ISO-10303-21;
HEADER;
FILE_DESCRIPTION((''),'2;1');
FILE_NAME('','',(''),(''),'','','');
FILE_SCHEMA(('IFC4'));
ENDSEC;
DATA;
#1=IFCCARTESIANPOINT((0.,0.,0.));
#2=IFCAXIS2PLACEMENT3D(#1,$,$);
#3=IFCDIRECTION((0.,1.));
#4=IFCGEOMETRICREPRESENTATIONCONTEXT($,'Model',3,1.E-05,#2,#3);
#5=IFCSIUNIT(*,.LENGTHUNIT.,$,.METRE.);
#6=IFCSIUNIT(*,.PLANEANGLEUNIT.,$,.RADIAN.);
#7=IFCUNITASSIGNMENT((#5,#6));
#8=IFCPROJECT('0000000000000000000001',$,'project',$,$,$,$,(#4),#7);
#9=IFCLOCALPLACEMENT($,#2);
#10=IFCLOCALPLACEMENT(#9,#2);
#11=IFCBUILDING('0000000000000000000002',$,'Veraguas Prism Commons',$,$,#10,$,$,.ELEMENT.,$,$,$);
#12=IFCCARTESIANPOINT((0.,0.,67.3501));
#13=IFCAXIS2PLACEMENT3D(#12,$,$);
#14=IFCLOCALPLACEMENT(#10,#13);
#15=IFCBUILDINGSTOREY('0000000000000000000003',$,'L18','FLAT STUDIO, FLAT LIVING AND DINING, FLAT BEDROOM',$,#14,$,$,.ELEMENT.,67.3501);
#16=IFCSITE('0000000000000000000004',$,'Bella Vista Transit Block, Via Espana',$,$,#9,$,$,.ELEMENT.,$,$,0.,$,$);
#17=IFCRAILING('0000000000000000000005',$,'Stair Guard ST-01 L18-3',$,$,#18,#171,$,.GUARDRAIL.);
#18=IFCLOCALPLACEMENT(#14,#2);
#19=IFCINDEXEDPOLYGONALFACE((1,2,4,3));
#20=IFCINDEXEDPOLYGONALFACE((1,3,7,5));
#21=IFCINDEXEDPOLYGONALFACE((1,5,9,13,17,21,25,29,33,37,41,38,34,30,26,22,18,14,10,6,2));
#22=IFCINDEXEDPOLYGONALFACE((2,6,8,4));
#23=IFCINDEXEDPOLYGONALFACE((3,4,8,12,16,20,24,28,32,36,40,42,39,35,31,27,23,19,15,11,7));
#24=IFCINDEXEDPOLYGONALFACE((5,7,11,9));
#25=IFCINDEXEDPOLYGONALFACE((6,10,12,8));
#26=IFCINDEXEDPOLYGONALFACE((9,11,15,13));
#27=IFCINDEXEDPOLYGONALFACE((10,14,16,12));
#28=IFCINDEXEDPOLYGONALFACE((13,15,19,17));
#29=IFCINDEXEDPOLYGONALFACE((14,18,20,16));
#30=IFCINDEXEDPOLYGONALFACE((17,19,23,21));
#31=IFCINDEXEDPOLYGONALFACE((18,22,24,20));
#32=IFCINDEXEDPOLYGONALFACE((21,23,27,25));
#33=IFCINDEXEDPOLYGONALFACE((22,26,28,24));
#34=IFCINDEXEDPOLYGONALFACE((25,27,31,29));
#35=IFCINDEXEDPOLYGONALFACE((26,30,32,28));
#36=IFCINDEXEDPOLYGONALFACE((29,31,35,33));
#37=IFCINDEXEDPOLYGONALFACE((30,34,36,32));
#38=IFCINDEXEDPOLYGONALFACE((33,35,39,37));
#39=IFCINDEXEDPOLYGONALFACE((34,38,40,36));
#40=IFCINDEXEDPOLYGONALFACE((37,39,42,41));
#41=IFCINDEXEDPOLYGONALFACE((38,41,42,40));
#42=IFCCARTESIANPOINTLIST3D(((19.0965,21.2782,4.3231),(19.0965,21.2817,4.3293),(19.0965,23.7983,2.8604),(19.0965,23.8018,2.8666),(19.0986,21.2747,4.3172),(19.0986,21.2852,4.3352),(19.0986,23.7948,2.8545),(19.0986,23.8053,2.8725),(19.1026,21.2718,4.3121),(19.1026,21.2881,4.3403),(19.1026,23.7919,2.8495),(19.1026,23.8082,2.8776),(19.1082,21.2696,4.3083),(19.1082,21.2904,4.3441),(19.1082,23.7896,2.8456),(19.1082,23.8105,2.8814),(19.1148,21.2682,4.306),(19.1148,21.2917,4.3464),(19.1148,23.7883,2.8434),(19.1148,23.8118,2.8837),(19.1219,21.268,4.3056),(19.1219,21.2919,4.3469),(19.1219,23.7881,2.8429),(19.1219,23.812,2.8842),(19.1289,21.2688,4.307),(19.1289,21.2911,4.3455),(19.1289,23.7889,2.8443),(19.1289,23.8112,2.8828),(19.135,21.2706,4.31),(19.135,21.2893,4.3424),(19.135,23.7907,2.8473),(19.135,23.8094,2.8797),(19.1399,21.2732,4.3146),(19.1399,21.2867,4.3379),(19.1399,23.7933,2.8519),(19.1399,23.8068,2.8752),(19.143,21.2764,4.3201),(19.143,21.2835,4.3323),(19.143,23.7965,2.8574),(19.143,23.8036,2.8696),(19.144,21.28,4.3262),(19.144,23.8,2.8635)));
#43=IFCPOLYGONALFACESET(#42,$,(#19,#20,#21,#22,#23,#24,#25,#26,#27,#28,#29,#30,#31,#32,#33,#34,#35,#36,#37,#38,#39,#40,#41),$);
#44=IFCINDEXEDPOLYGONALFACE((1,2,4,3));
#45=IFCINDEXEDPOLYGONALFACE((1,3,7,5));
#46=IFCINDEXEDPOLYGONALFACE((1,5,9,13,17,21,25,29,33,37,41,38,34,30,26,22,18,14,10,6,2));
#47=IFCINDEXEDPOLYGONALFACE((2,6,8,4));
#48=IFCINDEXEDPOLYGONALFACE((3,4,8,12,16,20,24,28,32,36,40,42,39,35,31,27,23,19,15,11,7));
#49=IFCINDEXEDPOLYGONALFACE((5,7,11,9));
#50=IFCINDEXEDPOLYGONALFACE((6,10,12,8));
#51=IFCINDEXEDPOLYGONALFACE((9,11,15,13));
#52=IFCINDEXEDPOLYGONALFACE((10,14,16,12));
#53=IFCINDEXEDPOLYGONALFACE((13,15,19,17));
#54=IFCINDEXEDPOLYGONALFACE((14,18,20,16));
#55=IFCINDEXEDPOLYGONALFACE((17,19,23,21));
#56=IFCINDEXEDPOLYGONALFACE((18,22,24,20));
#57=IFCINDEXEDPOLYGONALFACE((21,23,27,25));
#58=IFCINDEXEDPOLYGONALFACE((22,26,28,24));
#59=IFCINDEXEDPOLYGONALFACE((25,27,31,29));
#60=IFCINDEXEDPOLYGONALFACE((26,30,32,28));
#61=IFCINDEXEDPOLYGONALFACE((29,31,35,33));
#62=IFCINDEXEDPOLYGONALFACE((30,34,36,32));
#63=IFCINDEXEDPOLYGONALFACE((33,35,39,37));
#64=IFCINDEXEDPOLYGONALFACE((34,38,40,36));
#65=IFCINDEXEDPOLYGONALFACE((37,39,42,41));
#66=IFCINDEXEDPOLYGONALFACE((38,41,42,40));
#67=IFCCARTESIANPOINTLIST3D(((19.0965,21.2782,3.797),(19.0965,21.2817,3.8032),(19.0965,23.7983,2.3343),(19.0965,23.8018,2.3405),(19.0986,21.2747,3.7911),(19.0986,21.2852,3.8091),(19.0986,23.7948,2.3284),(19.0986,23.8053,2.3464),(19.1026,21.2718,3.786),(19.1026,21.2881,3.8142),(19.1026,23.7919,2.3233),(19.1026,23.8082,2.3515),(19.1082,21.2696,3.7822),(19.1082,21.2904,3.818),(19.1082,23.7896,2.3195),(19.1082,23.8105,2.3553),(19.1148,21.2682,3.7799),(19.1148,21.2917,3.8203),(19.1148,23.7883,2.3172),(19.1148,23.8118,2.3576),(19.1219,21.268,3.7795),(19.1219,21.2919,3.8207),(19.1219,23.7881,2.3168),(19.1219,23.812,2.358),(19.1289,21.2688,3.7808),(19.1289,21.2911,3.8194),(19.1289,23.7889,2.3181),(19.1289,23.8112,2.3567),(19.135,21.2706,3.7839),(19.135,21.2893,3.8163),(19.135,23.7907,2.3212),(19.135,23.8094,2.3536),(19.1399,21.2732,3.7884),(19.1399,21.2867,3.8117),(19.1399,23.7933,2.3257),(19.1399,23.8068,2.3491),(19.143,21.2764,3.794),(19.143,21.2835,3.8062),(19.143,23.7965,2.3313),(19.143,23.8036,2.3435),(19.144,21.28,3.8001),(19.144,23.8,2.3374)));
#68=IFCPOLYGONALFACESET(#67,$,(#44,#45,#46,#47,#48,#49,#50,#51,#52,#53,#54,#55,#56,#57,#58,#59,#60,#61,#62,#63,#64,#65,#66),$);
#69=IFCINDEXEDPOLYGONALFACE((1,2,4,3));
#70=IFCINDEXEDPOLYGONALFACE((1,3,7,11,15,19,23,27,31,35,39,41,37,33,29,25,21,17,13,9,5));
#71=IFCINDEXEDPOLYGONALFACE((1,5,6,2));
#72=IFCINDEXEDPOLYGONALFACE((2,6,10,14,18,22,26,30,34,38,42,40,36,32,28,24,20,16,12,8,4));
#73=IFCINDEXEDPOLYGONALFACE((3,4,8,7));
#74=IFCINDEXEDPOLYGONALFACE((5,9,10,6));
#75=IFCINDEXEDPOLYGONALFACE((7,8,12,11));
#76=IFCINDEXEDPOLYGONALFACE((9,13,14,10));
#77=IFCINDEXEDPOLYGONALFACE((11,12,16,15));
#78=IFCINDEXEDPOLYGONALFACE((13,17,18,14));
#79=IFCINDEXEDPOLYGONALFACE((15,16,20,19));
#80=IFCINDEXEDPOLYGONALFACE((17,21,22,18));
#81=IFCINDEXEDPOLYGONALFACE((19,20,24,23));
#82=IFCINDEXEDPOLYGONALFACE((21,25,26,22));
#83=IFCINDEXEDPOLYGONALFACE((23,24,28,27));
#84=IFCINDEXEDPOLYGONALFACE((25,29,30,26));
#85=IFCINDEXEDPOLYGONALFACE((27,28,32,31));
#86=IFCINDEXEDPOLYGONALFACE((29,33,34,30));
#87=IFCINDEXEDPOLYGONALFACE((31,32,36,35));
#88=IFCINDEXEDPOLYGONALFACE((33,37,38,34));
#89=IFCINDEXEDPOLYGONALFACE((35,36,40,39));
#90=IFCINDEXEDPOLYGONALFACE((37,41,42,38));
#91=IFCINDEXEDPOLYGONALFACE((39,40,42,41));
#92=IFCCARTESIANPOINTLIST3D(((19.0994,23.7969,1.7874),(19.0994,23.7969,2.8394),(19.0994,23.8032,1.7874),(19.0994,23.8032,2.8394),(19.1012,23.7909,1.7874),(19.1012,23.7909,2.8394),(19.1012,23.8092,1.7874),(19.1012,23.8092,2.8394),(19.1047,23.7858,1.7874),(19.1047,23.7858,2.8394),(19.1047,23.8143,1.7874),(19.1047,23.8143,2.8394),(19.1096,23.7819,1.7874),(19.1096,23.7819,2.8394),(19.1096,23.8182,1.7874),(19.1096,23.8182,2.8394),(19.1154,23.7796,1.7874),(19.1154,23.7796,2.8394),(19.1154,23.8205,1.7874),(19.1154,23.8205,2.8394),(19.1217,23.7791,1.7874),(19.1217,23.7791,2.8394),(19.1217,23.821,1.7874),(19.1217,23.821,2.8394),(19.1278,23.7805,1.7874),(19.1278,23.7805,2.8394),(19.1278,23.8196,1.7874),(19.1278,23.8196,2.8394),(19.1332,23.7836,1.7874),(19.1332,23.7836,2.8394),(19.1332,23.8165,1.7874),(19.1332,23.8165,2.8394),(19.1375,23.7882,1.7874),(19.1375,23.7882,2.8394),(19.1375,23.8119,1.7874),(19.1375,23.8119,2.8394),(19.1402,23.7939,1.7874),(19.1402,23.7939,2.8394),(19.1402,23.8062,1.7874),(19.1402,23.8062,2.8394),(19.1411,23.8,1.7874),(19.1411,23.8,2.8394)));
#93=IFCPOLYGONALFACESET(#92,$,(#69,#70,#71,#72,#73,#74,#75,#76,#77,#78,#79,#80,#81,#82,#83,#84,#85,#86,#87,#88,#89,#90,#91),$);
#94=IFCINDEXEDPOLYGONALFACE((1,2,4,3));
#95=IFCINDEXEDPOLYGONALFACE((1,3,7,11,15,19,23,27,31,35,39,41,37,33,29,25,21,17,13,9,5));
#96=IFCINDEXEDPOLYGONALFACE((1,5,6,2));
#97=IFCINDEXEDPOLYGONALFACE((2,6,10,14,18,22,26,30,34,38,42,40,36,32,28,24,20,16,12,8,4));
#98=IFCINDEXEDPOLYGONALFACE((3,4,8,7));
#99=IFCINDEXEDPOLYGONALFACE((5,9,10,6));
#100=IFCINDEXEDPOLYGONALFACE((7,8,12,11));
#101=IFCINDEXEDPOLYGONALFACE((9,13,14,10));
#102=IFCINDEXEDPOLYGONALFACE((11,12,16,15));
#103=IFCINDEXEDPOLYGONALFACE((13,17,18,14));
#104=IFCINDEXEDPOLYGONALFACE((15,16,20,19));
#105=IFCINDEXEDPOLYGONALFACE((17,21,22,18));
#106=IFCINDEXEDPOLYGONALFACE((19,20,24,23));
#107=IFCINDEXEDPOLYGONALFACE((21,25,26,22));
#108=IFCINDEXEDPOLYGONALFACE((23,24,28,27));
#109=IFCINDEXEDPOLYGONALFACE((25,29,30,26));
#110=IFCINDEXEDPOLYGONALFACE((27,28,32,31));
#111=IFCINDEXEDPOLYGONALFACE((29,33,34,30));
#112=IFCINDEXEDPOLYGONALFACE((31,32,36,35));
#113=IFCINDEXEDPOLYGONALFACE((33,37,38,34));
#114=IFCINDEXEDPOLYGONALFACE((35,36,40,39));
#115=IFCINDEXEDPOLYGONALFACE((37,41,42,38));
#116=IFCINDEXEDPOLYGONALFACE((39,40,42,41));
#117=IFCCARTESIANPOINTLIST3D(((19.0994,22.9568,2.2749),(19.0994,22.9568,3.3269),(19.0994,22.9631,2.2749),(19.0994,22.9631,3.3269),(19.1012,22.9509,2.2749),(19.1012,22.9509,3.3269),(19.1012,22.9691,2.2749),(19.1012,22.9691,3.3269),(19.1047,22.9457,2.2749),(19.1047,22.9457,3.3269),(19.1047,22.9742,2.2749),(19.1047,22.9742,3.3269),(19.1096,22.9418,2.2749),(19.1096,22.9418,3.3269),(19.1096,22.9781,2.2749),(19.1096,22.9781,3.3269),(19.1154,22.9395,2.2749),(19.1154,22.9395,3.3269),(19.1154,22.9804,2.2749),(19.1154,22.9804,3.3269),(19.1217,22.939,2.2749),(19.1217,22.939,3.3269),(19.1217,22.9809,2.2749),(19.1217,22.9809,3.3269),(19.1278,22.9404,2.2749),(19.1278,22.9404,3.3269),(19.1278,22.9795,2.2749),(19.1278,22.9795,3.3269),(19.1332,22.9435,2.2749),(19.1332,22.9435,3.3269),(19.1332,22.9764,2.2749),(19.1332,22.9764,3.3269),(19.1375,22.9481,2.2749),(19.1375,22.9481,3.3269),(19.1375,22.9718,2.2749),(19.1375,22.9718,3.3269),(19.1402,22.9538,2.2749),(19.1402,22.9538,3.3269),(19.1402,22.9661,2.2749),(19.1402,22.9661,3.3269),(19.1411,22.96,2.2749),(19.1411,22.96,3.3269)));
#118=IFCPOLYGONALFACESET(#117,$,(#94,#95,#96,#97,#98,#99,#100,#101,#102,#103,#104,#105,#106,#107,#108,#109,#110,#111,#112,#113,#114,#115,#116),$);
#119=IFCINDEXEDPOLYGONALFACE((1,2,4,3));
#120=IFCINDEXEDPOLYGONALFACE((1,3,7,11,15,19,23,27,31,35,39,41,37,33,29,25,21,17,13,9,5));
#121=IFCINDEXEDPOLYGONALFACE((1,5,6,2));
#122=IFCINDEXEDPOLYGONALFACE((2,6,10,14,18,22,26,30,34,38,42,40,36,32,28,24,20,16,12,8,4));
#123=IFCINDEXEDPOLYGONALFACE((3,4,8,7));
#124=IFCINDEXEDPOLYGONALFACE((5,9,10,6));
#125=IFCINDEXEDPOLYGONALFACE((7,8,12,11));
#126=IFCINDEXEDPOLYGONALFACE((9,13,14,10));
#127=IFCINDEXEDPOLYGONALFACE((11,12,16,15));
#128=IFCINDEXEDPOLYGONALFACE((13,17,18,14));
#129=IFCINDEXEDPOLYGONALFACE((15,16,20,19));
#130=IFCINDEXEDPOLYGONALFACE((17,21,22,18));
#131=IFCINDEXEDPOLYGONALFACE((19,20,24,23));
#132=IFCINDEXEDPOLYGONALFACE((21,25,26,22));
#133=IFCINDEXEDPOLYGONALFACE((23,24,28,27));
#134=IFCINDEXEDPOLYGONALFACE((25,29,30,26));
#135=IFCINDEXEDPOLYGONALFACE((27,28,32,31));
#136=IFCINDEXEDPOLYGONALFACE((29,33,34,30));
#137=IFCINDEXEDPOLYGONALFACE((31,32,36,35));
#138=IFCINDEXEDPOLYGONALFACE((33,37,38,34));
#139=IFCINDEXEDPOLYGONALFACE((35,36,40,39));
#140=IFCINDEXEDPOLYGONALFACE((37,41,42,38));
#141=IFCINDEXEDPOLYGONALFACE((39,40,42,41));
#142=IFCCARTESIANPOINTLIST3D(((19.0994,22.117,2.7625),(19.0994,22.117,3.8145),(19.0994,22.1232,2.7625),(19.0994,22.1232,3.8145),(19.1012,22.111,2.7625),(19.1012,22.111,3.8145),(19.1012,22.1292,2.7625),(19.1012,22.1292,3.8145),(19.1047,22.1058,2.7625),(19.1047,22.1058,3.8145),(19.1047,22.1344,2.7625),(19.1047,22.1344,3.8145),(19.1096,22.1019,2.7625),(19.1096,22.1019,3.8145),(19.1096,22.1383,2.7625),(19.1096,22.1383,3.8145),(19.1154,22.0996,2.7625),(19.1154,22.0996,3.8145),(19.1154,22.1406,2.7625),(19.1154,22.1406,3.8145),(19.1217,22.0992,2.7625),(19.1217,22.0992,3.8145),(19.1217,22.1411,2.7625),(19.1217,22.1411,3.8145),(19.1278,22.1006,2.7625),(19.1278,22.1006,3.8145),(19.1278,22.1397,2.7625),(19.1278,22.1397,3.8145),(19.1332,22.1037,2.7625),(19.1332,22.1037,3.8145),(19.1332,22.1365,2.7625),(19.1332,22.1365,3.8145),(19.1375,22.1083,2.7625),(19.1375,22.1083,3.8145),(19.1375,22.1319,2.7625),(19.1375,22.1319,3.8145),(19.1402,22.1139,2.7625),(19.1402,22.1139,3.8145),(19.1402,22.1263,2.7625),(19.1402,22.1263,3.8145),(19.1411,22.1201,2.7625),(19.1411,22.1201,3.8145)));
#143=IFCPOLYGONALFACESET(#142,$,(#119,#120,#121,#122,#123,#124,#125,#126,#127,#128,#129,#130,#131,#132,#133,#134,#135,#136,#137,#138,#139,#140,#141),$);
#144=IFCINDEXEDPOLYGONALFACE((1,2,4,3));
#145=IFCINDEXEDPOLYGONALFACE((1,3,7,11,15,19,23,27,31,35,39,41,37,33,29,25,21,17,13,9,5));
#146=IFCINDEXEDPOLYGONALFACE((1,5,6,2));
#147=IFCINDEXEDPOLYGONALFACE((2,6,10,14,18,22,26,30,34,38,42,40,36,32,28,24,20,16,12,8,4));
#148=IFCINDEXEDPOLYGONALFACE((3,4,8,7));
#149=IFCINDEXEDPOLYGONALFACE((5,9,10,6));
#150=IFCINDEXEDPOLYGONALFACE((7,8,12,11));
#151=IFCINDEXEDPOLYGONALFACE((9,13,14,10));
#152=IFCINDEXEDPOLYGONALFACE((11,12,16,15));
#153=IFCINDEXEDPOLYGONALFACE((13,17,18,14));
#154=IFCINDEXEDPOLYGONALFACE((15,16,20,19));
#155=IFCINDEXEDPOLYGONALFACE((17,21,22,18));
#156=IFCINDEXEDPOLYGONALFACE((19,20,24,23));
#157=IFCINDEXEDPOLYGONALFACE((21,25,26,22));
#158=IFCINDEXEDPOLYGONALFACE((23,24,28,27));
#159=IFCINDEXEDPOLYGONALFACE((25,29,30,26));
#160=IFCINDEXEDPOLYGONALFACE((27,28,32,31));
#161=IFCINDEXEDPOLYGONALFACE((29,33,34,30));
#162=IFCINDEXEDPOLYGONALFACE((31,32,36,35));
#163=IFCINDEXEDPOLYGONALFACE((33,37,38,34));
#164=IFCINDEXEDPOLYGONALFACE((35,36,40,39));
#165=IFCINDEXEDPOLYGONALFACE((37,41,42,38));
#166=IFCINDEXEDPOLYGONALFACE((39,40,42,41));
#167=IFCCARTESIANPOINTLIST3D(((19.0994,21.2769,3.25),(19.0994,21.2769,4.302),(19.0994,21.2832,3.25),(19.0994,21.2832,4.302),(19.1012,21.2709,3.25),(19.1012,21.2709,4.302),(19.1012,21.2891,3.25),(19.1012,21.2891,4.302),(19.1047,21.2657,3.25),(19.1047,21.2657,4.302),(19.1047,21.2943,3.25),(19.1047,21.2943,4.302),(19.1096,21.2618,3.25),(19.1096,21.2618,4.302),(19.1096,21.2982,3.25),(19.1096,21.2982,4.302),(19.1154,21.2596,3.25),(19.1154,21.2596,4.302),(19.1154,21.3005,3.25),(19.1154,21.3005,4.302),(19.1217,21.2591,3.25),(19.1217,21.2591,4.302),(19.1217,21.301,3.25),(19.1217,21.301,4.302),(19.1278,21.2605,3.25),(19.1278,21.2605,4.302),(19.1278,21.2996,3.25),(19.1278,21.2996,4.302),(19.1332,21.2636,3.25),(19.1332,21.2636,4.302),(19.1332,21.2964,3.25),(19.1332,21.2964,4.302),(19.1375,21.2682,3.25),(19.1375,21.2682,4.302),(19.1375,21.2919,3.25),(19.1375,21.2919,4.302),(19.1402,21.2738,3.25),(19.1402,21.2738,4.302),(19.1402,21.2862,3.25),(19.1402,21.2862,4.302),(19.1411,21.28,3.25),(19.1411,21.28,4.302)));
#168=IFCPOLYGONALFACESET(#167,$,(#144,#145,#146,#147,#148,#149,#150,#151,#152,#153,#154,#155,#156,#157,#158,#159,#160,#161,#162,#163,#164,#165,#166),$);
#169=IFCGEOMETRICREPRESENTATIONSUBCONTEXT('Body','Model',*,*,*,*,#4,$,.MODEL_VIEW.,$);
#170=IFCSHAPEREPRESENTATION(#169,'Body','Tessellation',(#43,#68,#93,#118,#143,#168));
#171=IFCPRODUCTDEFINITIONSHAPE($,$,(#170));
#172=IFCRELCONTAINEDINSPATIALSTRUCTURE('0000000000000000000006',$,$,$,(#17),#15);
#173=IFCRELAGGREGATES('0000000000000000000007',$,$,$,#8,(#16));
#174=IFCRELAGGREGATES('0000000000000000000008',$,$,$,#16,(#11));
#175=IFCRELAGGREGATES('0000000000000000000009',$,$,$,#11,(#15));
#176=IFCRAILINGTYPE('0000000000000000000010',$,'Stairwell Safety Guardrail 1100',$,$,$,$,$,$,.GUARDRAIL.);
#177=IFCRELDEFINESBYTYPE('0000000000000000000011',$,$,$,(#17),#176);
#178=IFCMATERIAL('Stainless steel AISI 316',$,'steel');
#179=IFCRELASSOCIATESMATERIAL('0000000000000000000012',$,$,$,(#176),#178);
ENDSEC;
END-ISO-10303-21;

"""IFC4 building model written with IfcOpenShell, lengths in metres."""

from ifc_helpers import new_model, si_unit, direction, frame, origin, origin_2d, place, context, subcontext, project, spatial, circle, extrude, material, type_object, element, save


model = new_model("IFC4")

# Units and contexts
model_context = context("Model", 3, precision=1e-05, world=origin(), true_north=direction((0.0, 1.0)))
body_context = subcontext(model_context, "Body", "Model", "MODEL_VIEW")
ifc_project = project(units=[si_unit("LENGTHUNIT", "METRE"), si_unit("PLANEANGLEUNIT", "RADIAN")], contexts=[model_context])

# Site, building, storey
site_placement = place(None, origin())
site = spatial("IfcSite", under=ifc_project, at=site_placement, Name="Bella Vista Transit Block, Via Espana", CompositionType="ELEMENT", RefElevation=0.0)
building_placement = place(site_placement, origin())
building = spatial("IfcBuilding", under=site, at=building_placement, Name="Veraguas Prism Commons", CompositionType="ELEMENT")
storey_placement = place(building_placement, frame((0.0, 0.0, 67.3501)))
storey = spatial("IfcBuildingStorey", under=building, at=storey_placement, Name="L18", Description="FLAT STUDIO, FLAT LIVING AND DINING, FLAT BEDROOM", CompositionType="ELEMENT", Elevation=67.3501)

# Railing
ifc_material_1 = material(Name="Stainless steel AISI 316", Category="steel")
railing_type_1 = type_object("IfcRailingType", Name="Stairwell Safety Guardrail 1100", PredefinedType="GUARDRAIL", material=ifc_material_1)
railing_1_placement = place(storey_placement, frame((19.1201, 23.8, 1.7874)))
element("IfcRailing", 1, at=railing_1_placement, inside=storey, type_object=railing_type_1, Name="Stair Guard ST-01 L18-3", PredefinedType="GUARDRAIL", context=body_context, shape_type="SweptSolid", body=[
    extrude(circle(Radius=0.0239, at=origin_2d()), frame((0.0, 0.0, 1.0762), z_axis=(0.0, -0.864877, 0.501984), x_axis=(1.0, 0.0, 0.0)), (0.0, 0.0, 1.0), 2.9138),
    extrude(circle(Radius=0.0239, at=origin_2d()), frame((0.0, 0.0, 0.55), z_axis=(0.0, -0.864877, 0.501984), x_axis=(1.0, 0.0, 0.0)), (0.0, 0.0, 1.0), 2.9138),
    extrude(circle(Radius=0.021, at=origin_2d()), origin(), (0.0, 0.0, 1.0), 1.052),
    extrude(circle(Radius=0.021, at=origin_2d()), frame((0.0, -0.8401, 0.4875)), (0.0, 0.0, 1.0), 1.052),
    extrude(circle(Radius=0.021, at=origin_2d()), frame((0.0, -1.6799, 0.9751)), (0.0, 0.0, 1.0), 1.052),
    extrude(circle(Radius=0.021, at=origin_2d()), frame((0.0, -2.52, 1.4626)), (0.0, 0.0, 1.0), 1.052),
])

save(model, "model.ifc")
